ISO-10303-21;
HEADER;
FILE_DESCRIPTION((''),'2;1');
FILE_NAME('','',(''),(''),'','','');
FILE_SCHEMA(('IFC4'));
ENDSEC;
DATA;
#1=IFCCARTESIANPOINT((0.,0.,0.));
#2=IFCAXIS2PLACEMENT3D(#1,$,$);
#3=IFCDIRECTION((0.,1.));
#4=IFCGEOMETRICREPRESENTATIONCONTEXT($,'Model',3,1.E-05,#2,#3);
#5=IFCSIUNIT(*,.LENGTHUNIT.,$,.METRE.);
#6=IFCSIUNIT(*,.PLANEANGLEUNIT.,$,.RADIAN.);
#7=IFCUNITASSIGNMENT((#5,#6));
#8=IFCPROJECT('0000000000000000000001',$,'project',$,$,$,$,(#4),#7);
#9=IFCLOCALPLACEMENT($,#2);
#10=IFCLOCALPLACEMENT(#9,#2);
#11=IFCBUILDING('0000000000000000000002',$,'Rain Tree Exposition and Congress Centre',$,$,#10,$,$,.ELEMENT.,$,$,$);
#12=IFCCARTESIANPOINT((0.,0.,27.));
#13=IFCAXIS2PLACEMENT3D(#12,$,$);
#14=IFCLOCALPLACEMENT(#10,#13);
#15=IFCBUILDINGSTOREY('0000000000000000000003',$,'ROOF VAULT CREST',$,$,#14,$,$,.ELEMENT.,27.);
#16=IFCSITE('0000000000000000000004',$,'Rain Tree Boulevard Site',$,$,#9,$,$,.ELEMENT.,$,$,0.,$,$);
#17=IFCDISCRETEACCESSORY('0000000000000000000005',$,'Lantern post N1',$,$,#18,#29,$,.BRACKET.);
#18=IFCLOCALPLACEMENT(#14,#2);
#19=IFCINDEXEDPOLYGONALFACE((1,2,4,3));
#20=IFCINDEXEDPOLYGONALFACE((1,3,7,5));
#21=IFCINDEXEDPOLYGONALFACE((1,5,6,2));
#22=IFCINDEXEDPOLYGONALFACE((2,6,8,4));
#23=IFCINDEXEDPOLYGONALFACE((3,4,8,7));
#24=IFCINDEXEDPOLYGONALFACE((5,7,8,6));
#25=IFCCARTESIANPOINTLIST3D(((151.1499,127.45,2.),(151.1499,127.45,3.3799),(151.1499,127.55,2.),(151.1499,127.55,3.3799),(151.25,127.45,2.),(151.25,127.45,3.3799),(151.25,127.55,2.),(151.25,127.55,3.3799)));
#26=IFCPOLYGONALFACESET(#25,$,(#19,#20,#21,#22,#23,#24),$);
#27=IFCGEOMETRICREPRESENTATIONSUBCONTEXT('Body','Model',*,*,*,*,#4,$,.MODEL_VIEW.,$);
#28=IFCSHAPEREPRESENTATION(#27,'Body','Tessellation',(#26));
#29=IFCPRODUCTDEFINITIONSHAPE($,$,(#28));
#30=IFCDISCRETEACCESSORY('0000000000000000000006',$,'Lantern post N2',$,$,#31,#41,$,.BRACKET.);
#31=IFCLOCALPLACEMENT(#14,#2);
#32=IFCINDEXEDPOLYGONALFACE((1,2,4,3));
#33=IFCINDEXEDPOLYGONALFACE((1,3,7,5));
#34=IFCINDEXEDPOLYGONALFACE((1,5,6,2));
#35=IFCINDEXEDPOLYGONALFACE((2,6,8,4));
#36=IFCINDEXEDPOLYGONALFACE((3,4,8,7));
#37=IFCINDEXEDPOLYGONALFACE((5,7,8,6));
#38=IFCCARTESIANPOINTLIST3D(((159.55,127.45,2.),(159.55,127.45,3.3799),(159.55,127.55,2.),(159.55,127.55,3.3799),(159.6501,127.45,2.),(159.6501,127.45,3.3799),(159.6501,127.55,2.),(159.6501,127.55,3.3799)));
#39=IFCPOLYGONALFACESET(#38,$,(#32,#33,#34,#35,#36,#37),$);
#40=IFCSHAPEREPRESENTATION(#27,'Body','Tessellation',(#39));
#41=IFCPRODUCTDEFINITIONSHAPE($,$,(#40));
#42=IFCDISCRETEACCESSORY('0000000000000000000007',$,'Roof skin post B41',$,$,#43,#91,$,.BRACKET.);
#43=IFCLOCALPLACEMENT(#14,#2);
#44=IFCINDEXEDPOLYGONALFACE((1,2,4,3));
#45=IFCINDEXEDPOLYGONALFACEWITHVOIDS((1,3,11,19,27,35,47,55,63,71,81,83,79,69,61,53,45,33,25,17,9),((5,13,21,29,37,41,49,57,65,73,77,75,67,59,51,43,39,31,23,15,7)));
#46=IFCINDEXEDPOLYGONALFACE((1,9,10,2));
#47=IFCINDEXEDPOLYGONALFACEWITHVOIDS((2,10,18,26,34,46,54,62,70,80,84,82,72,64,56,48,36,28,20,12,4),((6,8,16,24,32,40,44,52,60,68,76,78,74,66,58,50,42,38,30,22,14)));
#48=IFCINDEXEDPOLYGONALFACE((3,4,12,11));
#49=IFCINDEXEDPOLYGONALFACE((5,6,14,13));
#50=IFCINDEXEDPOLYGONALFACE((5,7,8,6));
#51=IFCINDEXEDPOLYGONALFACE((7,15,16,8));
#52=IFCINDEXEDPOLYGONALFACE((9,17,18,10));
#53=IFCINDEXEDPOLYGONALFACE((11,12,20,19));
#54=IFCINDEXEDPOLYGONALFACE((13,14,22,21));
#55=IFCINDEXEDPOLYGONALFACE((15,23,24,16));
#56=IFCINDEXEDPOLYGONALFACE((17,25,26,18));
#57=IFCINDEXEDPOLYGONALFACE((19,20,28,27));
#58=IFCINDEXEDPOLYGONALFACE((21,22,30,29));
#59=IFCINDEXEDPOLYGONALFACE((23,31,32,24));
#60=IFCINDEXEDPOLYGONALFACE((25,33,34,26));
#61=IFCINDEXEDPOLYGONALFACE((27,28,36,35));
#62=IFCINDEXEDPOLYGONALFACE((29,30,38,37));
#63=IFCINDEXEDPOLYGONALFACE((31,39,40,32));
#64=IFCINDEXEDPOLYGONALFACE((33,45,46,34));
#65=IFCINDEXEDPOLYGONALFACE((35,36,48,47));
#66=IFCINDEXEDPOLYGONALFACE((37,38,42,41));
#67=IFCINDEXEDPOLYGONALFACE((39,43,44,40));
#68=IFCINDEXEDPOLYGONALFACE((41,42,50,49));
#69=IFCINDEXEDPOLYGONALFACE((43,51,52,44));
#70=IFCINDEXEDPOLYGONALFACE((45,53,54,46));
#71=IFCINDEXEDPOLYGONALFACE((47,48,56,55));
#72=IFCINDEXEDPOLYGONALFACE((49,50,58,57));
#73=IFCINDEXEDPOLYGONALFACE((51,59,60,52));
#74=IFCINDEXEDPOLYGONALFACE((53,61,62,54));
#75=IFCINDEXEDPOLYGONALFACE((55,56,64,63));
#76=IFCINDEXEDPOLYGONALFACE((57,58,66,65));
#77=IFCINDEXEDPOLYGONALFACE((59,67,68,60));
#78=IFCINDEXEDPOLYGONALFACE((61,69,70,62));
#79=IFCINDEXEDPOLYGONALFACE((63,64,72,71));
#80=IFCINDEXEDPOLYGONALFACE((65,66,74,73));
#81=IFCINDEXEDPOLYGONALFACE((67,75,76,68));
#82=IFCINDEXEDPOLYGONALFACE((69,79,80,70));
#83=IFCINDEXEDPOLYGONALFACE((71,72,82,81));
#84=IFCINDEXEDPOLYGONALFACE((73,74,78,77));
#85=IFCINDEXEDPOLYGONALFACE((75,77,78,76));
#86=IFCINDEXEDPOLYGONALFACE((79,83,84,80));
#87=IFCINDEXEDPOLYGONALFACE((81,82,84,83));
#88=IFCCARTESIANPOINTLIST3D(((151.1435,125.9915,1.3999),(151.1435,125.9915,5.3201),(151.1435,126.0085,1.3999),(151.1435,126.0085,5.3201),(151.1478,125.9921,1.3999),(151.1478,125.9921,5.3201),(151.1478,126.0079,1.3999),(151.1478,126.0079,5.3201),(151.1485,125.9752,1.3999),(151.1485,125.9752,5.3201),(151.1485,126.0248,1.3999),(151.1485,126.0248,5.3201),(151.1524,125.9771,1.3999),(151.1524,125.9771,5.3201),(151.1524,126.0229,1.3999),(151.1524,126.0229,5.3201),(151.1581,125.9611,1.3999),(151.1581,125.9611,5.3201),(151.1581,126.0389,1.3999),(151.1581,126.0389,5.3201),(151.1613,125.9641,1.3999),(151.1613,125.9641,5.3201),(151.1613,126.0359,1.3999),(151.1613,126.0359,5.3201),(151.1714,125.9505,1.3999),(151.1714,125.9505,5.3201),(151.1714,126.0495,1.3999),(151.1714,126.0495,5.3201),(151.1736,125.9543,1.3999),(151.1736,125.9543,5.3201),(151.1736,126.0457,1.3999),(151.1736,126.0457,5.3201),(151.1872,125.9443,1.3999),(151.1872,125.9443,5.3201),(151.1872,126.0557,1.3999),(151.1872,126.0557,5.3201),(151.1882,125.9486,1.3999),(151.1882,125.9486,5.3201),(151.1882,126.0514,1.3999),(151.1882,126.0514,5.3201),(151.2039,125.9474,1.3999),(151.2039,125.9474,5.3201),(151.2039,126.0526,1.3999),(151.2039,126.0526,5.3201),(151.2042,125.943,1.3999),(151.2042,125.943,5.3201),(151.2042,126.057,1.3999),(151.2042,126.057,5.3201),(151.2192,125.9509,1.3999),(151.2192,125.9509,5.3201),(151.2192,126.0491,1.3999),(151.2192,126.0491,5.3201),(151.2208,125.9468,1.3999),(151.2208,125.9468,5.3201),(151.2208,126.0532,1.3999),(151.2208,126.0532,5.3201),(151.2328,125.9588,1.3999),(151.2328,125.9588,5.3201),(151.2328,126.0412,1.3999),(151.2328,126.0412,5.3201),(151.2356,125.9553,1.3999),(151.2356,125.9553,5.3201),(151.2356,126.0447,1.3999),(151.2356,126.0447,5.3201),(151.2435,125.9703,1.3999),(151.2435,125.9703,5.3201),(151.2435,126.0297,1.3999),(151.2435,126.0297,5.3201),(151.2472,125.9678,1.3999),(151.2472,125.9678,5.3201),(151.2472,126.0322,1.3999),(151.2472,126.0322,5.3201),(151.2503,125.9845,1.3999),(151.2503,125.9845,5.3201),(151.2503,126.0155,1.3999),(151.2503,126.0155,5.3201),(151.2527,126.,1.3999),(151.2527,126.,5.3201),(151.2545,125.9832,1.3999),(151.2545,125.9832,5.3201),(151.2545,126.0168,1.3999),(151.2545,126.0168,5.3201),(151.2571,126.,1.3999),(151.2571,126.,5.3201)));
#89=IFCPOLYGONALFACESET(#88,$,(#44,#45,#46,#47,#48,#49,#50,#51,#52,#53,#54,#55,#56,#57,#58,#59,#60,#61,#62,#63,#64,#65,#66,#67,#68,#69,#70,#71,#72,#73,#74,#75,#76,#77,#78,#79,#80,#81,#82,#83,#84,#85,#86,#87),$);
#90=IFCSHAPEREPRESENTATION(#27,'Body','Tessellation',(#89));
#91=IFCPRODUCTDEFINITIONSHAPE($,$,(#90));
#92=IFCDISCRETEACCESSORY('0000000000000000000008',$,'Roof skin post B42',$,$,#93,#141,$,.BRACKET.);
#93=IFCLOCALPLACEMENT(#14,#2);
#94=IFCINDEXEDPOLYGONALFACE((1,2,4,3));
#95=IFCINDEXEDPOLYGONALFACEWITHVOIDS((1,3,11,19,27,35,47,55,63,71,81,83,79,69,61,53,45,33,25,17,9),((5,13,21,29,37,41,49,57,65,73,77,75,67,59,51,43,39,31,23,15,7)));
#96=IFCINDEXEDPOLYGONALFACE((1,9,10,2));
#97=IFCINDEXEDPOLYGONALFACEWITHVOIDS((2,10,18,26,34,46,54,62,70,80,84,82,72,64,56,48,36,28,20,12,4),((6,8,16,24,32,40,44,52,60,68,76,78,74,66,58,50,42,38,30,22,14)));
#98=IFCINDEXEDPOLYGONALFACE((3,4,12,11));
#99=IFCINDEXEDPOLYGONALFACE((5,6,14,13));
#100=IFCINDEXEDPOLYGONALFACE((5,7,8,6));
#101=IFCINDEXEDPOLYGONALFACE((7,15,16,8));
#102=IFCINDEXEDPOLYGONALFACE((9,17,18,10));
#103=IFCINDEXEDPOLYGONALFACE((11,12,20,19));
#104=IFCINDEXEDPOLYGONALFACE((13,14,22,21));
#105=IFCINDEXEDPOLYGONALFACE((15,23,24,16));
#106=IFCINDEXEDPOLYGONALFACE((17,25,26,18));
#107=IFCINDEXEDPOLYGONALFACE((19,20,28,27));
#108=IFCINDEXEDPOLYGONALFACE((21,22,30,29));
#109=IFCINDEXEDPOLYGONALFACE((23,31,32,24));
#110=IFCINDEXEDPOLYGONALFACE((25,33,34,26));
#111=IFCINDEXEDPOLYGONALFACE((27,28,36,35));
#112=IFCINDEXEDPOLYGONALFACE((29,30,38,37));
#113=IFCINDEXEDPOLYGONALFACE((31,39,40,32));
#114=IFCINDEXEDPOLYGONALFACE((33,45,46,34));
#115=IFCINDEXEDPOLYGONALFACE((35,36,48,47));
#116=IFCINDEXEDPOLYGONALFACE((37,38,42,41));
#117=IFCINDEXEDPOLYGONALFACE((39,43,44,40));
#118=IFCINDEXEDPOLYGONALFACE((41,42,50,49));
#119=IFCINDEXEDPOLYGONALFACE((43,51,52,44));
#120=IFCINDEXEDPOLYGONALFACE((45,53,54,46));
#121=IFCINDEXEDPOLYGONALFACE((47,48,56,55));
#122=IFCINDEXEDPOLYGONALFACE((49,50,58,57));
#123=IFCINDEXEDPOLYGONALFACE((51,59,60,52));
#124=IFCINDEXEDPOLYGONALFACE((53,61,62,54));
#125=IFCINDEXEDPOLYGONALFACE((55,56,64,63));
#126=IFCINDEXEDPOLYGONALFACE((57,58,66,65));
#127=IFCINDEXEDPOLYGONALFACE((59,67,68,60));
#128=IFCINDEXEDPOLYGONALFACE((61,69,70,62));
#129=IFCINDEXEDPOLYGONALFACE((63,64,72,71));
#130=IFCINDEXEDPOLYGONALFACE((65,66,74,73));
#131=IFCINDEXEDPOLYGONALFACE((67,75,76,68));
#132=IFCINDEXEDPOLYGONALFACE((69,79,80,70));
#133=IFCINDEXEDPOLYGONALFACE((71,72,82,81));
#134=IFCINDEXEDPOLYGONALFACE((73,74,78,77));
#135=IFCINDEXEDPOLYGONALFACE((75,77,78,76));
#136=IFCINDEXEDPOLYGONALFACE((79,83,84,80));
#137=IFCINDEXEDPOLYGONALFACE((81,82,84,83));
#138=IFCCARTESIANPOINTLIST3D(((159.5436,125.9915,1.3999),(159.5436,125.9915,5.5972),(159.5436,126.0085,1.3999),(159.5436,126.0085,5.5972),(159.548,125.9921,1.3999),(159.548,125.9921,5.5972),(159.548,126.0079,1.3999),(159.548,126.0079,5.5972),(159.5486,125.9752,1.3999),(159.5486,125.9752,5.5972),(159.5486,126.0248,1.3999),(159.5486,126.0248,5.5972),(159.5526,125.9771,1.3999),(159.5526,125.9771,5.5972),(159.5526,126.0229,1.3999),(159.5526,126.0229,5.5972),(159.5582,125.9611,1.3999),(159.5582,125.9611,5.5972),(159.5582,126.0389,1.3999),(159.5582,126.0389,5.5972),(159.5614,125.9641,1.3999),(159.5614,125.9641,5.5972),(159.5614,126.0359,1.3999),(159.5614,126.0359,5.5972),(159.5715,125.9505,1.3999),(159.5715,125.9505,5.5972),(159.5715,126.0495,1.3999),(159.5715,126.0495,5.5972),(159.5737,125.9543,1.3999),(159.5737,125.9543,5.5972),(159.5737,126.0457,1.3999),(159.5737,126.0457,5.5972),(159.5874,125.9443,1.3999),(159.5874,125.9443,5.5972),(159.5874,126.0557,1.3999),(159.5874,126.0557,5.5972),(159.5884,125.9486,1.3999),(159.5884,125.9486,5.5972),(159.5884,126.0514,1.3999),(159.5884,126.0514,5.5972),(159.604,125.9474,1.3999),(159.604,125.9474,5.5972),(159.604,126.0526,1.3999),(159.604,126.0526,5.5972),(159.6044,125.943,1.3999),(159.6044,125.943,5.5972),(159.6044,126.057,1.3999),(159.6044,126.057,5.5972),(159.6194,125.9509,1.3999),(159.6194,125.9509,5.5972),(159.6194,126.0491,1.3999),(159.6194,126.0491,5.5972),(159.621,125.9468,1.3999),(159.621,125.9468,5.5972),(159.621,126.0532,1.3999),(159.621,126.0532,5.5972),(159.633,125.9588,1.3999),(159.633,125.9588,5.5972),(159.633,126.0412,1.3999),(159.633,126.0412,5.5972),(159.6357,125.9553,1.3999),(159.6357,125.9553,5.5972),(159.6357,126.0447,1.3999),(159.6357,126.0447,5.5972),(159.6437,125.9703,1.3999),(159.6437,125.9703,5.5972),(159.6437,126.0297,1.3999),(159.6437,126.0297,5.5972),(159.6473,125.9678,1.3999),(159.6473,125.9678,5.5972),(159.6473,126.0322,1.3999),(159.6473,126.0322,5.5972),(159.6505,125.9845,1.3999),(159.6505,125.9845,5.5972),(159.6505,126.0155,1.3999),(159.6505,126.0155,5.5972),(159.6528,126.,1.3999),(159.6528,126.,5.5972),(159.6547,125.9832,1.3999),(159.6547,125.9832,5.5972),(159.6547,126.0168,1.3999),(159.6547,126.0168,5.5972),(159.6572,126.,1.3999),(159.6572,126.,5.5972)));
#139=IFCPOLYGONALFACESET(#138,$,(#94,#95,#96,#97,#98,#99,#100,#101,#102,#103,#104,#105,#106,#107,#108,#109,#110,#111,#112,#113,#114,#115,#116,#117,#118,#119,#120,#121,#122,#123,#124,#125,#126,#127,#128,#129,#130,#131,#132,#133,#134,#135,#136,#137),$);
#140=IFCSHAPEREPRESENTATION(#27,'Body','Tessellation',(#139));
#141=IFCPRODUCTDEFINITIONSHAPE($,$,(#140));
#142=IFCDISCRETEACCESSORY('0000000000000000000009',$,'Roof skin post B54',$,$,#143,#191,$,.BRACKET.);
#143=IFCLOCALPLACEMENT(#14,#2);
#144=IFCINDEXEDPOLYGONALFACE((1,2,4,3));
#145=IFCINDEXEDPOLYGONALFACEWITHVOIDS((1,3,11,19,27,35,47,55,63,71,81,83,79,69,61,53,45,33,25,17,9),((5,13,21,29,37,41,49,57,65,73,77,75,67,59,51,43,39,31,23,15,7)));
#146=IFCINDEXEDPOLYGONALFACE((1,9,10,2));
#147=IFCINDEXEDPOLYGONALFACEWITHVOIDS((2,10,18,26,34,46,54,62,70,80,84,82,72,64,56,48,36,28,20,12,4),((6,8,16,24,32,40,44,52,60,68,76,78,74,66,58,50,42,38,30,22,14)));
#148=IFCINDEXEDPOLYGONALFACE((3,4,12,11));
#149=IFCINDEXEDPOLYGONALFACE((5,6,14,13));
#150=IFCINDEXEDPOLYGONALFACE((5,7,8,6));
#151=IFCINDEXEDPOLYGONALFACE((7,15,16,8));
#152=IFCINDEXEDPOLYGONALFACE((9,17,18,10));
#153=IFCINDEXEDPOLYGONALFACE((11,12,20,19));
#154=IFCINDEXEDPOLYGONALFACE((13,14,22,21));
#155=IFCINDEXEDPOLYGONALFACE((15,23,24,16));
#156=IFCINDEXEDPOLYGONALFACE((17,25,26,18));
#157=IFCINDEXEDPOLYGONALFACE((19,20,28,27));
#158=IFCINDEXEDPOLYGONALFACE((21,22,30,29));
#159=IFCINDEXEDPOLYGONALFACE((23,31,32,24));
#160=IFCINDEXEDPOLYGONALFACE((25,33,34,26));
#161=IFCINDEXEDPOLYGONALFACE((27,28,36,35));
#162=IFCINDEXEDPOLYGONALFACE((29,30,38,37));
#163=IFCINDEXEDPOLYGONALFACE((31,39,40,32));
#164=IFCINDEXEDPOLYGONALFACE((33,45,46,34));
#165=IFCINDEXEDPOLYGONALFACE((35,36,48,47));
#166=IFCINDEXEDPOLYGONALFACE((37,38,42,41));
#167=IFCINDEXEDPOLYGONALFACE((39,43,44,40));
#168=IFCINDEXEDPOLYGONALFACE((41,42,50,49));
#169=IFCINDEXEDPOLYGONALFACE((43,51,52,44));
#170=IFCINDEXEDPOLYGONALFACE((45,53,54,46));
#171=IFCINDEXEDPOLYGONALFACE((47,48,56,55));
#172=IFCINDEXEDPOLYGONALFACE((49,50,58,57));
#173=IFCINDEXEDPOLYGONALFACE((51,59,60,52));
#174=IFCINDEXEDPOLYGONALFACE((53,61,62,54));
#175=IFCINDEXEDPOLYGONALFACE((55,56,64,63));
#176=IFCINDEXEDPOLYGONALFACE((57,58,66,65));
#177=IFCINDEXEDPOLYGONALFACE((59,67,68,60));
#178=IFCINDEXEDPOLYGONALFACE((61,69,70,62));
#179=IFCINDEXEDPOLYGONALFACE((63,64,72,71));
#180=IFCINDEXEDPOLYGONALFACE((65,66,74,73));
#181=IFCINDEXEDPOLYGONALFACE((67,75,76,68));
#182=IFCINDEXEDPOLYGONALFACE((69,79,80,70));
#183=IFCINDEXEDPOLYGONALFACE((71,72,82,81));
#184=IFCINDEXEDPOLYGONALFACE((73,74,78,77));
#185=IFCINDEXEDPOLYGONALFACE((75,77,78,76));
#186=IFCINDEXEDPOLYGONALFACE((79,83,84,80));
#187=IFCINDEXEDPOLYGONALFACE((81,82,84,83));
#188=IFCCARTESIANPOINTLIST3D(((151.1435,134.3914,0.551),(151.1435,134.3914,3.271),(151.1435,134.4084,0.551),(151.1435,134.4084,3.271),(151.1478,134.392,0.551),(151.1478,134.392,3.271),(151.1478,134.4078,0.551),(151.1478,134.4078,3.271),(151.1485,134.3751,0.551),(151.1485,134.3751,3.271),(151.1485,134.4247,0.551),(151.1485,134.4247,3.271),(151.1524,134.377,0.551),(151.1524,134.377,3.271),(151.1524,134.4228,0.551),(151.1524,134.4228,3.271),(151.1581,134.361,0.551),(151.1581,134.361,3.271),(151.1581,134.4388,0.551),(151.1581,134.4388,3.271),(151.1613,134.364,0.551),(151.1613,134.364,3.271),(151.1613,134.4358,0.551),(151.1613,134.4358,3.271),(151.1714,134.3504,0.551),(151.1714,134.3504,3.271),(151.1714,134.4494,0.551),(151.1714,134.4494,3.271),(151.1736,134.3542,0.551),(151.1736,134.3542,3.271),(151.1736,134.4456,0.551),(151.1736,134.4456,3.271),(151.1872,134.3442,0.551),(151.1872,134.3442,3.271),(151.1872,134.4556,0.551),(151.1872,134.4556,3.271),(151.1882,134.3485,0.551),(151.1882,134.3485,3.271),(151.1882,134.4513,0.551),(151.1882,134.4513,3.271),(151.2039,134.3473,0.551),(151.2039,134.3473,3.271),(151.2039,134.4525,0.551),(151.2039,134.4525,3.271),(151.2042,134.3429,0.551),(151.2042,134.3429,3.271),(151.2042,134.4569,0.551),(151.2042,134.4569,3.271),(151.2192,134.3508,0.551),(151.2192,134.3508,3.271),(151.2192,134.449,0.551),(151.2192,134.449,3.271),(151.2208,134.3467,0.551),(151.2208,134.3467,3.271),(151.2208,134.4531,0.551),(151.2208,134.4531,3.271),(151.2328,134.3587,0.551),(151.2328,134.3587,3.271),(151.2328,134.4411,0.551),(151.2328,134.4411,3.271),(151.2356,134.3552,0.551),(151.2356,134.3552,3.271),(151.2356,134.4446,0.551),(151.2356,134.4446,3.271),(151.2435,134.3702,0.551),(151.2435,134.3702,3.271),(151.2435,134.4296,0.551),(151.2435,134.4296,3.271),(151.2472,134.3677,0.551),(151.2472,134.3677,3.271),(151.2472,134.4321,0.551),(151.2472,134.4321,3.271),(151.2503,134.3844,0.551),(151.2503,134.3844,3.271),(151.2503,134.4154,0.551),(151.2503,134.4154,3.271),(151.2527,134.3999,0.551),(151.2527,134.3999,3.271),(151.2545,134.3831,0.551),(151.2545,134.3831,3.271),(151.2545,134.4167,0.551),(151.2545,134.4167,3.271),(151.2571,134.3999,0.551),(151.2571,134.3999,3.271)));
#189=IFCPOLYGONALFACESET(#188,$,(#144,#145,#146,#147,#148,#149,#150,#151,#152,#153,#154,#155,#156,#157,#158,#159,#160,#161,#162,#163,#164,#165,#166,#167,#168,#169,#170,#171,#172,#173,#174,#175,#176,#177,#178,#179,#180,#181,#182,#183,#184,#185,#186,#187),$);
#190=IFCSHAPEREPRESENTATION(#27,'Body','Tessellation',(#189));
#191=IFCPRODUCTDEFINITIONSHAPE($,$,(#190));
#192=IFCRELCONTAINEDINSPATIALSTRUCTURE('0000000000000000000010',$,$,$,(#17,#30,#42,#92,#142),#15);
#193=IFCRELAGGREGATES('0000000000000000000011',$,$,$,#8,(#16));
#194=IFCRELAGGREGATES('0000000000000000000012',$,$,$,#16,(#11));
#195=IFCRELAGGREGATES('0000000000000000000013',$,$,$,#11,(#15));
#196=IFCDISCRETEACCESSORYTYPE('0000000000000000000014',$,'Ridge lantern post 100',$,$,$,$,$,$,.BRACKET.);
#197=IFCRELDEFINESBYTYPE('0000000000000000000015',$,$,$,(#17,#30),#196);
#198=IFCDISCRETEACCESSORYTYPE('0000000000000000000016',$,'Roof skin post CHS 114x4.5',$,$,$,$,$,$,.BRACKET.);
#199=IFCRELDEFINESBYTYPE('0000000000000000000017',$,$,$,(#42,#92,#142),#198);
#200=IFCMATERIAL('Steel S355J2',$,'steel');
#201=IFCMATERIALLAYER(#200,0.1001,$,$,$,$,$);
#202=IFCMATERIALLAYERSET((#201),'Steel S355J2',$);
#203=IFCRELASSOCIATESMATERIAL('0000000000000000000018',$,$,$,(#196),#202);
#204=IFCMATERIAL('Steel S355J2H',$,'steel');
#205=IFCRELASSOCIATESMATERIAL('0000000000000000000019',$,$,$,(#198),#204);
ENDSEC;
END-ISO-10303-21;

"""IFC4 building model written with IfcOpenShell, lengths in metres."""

from ifc_helpers import new_model, si_unit, direction, frame, origin, origin_2d, place, context, subcontext, project, spatial, rectangle, hollow_circle, extrude, material, layer, layer_set, material_profile, profile_set, type_object, element, save


model = new_model("IFC4")

# Units and contexts
model_context = context("Model", 3, precision=1e-05, world=origin(), true_north=direction((0.0, 1.0)))
body_context = subcontext(model_context, "Body", "Model", "MODEL_VIEW")
ifc_project = project(units=[si_unit("LENGTHUNIT", "METRE"), si_unit("PLANEANGLEUNIT", "RADIAN")], contexts=[model_context])

# Site, building, storey
site_placement = place(None, origin())
site = spatial("IfcSite", under=ifc_project, at=site_placement, Name="Rain Tree Boulevard Site", CompositionType="ELEMENT", RefElevation=0.0)
building_placement = place(site_placement, origin())
building = spatial("IfcBuilding", under=site, at=building_placement, Name="Rain Tree Exposition and Congress Centre", CompositionType="ELEMENT")
storey_placement = place(building_placement, frame((0.0, 0.0, 27.0)))
storey = spatial("IfcBuildingStorey", under=building, at=storey_placement, Name="ROOF VAULT CREST", CompositionType="ELEMENT", Elevation=27.0)

# Discrete accessories
ifc_material_1 = material(Name="Steel S355J2", Category="steel")
ifc_layer_1 = layer(ifc_material_1, 0.1001)
ifc_layer_set_1 = layer_set([ifc_layer_1], Name="Steel S355J2")
discrete_accessory_type_1 = type_object("IfcDiscreteAccessoryType", Name="Ridge lantern post 100", PredefinedType="BRACKET", material=ifc_layer_set_1)
for number, where, z_axis, x_axis, name in (
    (1, (151.2, 127.5, 2.0), (0.0, 0.0, 1.0), (1.0, 0.0, 0.0), "Lantern post N1"),
    (2, (159.6001, 127.5, 2.0), (0.0, 0.0, 1.0), (1.0, 0.0, 0.0), "Lantern post N2"),
):
    element("IfcDiscreteAccessory", number, at=place(storey_placement, frame(where, z_axis=z_axis, x_axis=x_axis)), inside=storey, type_object=discrete_accessory_type_1, Name=name, PredefinedType="BRACKET", context=body_context, shape_type="SweptSolid", body=[
        extrude(rectangle(XDim=0.1001, YDim=0.1001, at=origin_2d()), origin(), (0.0, 0.0, 1.0), 1.3799),
    ])
ifc_material_2 = material(Name="Steel S355J2H", Category="steel")
ifc_material_profile_1 = material_profile(ifc_material_2, hollow_circle(Radius=0.0571, WallThickness=0.0044, at=origin_2d()), Name="CHS 114x4.5")
ifc_profile_set_1 = profile_set([ifc_material_profile_1], Name="Steel S355J2H")
discrete_accessory_type_2 = type_object("IfcDiscreteAccessoryType", Name="Roof skin post CHS 114x4.5", PredefinedType="BRACKET", material=ifc_profile_set_1)
discrete_accessory_1_placement = place(storey_placement, frame((151.2, 126.0, 1.3999), z_axis=(0.0, 0.0, 1.0), x_axis=(1.0, 0.0, 0.0)))
element("IfcDiscreteAccessory", 3, at=discrete_accessory_1_placement, inside=storey, type_object=discrete_accessory_type_2, Name="Roof skin post B41", PredefinedType="BRACKET", context=body_context, shape_type="SweptSolid", body=[
    extrude(hollow_circle(Radius=0.0571, WallThickness=0.0044, at=origin_2d()), origin(), (0.0, 0.0, 1.0), 3.9202),
])
discrete_accessory_2_placement = place(storey_placement, frame((159.6001, 126.0, 1.3999), z_axis=(0.0, 0.0, 1.0), x_axis=(1.0, 0.0, 0.0)))
element("IfcDiscreteAccessory", 4, at=discrete_accessory_2_placement, inside=storey, type_object=discrete_accessory_type_2, Name="Roof skin post B42", PredefinedType="BRACKET", context=body_context, shape_type="SweptSolid", body=[
    extrude(hollow_circle(Radius=0.0571, WallThickness=0.0044, at=origin_2d()), origin(), (0.0, 0.0, 1.0), 4.1973),
])
discrete_accessory_3_placement = place(storey_placement, frame((151.2, 134.3999, 0.551), z_axis=(0.0, 0.0, 1.0), x_axis=(1.0, 0.0, 0.0)))
element("IfcDiscreteAccessory", 5, at=discrete_accessory_3_placement, inside=storey, type_object=discrete_accessory_type_2, Name="Roof skin post B54", PredefinedType="BRACKET", context=body_context, shape_type="SweptSolid", body=[
    extrude(hollow_circle(Radius=0.0571, WallThickness=0.0044, at=origin_2d()), origin(), (0.0, 0.0, 1.0), 2.72),
])

save(model, "model.ifc")
